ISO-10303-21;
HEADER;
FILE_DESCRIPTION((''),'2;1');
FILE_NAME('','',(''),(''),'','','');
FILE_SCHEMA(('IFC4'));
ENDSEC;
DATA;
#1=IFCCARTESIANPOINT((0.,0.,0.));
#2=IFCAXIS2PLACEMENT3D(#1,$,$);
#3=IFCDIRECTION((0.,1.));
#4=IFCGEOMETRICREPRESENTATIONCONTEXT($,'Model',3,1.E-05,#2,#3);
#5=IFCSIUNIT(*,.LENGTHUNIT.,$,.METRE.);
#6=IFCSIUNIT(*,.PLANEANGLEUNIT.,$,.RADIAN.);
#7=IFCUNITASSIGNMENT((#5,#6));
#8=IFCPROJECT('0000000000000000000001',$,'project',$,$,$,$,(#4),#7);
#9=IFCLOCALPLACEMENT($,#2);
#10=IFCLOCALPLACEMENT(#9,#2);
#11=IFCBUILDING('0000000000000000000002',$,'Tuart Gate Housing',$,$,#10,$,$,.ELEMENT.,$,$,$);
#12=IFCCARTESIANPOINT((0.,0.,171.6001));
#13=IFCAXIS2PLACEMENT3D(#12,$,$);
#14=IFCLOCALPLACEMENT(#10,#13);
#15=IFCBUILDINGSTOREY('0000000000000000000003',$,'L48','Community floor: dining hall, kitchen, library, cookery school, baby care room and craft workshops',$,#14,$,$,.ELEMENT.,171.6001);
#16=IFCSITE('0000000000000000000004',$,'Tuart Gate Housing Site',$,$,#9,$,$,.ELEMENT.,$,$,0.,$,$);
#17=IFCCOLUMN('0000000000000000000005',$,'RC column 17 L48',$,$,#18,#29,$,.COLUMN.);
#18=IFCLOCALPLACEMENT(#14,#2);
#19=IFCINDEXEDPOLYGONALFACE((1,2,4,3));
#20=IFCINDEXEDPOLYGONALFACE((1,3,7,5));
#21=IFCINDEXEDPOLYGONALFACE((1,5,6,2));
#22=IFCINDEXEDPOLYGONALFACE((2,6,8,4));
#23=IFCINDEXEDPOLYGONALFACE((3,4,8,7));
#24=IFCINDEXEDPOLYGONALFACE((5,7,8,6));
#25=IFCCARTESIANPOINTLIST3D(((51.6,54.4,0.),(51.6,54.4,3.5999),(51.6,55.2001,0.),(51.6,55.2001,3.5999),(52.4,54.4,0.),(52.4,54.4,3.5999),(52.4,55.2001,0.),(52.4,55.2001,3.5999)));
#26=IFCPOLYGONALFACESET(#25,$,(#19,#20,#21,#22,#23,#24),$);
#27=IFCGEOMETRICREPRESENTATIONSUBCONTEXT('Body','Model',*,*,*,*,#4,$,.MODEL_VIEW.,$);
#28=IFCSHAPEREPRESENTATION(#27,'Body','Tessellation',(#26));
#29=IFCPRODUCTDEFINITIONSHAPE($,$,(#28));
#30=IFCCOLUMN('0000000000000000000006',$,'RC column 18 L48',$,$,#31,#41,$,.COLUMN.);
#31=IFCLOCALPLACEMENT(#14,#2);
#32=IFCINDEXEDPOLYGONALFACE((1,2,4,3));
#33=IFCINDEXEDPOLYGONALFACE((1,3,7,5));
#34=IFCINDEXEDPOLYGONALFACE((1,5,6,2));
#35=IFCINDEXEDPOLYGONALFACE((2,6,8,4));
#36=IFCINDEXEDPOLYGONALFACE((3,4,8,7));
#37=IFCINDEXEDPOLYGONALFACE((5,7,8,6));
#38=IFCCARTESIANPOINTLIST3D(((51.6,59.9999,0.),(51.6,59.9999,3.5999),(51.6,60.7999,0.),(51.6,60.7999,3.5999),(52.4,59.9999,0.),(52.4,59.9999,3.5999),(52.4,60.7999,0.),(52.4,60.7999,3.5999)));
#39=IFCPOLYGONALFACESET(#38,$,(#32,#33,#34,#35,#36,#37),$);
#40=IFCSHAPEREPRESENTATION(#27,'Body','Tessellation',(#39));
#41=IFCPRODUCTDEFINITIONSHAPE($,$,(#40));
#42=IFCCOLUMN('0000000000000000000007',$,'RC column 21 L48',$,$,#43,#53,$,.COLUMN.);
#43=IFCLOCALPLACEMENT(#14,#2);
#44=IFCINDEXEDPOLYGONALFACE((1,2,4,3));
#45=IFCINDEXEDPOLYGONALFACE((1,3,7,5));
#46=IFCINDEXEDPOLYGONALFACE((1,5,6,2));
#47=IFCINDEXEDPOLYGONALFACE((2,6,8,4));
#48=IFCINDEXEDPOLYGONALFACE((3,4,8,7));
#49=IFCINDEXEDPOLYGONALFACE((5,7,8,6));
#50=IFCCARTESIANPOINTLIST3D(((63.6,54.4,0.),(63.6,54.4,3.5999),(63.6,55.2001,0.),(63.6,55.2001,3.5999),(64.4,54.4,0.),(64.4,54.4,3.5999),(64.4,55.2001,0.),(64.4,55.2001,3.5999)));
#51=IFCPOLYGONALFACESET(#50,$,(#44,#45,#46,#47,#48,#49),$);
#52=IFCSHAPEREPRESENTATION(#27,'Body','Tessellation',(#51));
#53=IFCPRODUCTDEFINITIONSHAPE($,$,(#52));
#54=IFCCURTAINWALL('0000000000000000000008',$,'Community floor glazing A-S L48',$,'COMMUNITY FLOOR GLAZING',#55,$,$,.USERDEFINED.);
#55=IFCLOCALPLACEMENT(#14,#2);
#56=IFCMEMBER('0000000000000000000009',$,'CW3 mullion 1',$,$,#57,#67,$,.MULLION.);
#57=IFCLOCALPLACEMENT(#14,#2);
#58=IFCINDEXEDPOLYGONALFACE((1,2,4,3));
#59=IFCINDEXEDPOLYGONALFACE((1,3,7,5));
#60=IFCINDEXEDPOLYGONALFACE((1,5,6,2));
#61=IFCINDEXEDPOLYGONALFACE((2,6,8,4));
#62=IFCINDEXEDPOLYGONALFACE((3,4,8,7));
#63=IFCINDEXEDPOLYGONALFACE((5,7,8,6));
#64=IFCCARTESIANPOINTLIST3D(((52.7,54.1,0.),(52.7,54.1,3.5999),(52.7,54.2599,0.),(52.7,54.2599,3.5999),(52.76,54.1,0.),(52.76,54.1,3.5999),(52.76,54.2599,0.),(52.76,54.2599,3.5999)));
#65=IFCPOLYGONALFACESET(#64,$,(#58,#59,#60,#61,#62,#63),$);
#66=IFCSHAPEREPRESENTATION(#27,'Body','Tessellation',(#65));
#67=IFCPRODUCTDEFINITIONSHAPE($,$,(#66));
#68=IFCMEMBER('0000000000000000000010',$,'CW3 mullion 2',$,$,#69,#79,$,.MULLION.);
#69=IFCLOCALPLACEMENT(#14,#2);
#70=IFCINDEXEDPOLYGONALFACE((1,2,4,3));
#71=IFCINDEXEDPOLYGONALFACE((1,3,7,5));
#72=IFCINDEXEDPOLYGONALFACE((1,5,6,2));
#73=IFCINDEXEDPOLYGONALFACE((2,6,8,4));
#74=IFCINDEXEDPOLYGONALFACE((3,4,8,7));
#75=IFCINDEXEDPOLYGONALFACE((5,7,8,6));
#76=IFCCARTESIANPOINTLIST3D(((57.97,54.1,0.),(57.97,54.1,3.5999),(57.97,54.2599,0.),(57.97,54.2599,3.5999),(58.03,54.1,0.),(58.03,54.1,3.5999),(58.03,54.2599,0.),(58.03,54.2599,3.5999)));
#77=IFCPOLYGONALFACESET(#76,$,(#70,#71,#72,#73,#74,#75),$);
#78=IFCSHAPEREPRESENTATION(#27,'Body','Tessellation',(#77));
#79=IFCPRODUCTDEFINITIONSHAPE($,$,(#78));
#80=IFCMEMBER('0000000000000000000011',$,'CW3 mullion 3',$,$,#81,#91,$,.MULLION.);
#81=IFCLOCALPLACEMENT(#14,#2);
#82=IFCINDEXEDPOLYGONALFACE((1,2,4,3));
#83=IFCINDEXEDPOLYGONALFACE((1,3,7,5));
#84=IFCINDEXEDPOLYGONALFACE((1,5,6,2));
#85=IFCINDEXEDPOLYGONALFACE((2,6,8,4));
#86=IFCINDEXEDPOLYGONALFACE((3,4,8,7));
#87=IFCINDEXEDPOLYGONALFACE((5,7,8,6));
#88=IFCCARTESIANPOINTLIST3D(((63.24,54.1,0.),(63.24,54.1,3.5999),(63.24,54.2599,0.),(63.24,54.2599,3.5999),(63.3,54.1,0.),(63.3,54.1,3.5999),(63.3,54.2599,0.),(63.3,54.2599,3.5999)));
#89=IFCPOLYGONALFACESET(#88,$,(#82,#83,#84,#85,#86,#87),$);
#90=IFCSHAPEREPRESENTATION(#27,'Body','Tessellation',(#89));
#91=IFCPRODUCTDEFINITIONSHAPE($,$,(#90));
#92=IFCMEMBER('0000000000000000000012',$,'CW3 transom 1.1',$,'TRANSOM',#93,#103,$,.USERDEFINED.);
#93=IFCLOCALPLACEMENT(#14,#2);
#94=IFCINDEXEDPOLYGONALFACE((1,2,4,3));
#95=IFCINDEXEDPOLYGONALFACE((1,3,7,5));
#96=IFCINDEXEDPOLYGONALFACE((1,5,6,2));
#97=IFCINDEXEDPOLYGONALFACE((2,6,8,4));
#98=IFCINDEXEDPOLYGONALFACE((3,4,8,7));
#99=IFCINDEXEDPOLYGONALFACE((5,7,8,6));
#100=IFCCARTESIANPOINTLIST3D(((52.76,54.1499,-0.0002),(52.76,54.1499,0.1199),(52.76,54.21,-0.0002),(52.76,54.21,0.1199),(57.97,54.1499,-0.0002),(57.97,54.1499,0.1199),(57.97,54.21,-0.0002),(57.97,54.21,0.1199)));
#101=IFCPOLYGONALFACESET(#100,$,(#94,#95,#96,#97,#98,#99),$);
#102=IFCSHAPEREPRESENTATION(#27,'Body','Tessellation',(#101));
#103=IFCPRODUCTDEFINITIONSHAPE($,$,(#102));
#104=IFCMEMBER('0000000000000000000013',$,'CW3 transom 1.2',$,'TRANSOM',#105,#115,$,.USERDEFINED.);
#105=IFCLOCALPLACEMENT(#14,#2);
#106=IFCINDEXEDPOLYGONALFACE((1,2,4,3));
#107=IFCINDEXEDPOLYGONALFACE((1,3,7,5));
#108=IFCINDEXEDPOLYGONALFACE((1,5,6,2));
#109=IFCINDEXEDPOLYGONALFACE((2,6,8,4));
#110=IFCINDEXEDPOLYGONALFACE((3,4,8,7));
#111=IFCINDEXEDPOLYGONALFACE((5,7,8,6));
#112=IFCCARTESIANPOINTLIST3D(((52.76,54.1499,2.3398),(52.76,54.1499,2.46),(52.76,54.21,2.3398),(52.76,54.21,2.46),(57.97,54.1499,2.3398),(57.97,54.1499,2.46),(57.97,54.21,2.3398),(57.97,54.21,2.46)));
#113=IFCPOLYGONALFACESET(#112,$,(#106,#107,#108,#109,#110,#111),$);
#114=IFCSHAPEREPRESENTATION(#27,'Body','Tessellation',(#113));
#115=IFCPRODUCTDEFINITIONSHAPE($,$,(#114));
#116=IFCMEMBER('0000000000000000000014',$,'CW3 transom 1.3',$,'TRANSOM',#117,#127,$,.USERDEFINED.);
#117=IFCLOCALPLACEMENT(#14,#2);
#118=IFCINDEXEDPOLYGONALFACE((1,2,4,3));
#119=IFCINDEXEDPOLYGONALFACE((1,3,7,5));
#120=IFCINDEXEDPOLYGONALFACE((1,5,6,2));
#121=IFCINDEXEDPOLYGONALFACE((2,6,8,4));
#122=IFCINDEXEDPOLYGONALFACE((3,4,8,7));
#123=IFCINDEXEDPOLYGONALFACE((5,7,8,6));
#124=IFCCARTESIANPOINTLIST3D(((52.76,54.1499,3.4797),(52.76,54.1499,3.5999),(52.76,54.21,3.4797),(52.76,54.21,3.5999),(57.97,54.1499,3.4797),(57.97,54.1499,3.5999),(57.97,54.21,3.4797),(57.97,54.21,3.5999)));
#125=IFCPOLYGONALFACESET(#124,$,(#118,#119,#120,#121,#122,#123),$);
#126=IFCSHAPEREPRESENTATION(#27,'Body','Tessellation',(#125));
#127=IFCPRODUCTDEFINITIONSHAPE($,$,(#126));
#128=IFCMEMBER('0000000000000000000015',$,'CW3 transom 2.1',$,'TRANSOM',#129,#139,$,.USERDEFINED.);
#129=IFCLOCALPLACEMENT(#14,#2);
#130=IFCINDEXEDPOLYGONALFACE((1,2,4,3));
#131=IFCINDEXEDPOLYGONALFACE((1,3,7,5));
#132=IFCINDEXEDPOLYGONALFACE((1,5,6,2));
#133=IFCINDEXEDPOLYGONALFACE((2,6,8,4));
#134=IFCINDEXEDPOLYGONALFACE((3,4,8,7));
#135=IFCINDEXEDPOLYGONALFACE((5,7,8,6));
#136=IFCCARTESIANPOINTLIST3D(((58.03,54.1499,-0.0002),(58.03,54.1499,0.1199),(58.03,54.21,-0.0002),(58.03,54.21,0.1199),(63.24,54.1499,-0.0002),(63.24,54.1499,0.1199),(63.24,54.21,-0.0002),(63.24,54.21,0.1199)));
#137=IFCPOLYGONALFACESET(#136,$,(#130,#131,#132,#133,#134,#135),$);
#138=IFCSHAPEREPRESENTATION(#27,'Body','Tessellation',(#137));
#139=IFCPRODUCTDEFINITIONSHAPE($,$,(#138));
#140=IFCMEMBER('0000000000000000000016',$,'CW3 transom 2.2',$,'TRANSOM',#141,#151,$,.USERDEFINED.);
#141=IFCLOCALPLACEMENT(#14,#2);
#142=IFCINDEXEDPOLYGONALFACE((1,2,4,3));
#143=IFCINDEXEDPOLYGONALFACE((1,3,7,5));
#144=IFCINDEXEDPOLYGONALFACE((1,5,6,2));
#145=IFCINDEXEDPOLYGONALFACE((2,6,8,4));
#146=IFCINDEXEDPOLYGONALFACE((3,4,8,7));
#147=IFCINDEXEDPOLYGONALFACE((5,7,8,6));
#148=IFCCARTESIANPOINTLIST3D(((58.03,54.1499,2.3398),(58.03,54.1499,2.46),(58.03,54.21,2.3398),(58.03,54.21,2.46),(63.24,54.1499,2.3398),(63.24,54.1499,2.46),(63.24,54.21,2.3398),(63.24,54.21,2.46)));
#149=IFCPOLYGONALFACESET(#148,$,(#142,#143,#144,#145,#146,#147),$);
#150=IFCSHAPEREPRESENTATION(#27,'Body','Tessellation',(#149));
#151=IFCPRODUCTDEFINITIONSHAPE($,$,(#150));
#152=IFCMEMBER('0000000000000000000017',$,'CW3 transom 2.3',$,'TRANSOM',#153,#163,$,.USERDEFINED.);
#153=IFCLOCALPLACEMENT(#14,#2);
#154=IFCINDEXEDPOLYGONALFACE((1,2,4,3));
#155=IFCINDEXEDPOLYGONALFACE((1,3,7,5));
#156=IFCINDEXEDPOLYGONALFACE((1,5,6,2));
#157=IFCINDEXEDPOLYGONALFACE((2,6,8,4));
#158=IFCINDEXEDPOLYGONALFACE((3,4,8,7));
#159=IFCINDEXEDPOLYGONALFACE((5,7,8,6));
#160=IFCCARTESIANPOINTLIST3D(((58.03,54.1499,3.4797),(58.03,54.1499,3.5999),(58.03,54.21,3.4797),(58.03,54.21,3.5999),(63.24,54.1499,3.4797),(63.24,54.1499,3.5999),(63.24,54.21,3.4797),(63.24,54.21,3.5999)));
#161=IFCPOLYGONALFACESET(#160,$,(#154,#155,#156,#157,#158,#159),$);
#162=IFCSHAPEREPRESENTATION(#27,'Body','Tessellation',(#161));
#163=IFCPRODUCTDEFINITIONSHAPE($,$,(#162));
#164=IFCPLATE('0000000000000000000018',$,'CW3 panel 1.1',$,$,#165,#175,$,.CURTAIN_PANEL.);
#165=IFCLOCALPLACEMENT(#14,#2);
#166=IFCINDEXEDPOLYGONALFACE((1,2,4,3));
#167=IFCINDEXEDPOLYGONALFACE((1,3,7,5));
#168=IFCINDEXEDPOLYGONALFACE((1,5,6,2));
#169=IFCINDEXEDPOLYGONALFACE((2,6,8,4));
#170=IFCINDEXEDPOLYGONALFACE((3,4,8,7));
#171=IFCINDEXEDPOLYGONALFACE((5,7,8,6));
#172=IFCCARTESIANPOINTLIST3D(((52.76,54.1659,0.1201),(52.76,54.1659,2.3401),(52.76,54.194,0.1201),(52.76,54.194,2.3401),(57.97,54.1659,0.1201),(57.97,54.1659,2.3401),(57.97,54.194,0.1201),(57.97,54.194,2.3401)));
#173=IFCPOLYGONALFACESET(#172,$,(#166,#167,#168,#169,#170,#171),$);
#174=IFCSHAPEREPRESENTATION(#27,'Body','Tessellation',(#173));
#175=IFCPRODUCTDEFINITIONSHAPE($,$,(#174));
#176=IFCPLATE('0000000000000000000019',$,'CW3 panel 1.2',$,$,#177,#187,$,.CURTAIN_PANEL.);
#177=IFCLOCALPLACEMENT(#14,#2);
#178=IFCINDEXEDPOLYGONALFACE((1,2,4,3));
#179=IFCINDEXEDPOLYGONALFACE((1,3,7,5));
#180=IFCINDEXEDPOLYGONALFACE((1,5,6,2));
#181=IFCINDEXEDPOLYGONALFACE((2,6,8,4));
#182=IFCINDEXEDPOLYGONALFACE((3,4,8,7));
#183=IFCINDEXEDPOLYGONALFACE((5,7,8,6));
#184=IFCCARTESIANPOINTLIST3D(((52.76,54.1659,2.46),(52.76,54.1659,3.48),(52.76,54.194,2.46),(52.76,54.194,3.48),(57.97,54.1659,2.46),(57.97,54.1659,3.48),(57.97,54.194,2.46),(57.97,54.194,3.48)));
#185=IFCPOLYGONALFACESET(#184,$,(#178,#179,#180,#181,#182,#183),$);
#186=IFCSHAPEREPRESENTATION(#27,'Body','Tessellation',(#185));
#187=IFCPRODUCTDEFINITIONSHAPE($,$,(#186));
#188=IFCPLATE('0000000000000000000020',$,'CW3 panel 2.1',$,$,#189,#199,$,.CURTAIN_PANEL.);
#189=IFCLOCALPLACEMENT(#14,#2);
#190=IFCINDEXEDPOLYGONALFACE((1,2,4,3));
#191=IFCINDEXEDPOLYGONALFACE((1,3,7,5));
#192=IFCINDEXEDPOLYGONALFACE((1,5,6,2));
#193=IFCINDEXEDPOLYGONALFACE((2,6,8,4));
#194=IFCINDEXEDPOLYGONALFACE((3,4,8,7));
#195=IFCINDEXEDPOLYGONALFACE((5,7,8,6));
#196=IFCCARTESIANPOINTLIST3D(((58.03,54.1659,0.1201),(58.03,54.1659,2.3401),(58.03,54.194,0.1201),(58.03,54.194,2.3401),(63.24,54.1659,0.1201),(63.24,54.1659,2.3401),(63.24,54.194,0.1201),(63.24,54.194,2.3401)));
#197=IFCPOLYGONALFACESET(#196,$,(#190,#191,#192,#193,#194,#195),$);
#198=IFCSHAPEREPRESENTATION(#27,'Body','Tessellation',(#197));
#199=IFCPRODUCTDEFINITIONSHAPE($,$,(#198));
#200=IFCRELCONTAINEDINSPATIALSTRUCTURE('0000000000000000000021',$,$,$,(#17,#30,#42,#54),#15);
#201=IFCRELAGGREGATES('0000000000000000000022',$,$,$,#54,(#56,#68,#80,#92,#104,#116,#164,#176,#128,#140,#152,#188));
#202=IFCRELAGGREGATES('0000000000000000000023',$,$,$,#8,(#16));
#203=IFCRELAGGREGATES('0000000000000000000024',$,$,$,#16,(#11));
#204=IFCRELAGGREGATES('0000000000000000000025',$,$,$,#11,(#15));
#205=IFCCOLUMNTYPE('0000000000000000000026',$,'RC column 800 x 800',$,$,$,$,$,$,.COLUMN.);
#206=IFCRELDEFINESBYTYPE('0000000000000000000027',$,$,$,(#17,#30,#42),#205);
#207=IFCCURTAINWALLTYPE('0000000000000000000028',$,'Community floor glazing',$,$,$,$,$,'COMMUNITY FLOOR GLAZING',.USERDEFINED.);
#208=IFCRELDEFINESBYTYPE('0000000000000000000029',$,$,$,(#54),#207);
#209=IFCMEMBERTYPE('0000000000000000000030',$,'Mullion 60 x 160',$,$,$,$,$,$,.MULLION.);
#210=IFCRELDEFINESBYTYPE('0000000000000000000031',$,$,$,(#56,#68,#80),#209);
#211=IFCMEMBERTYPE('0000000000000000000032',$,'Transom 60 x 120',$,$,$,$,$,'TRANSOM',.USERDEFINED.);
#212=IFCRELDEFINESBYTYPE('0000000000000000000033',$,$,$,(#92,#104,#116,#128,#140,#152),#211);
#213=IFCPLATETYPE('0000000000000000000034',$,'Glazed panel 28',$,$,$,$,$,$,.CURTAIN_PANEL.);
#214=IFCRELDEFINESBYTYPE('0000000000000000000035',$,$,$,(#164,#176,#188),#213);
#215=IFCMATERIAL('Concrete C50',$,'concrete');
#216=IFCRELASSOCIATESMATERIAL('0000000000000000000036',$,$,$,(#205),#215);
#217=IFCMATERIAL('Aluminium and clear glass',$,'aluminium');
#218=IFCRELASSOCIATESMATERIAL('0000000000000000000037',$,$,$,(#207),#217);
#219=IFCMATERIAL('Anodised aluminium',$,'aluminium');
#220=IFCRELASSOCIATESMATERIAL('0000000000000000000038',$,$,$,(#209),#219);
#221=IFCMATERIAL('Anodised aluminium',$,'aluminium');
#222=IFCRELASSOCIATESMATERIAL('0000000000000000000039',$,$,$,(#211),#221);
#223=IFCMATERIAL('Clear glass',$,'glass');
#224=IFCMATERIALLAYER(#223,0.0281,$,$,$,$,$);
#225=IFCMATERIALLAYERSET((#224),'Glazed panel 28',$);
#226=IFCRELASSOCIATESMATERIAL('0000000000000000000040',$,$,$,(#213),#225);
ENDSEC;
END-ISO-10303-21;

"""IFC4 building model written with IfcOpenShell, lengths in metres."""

from ifc_helpers import new_model, si_unit, direction, frame, origin, origin_2d, place, context, subcontext, project, spatial, rectangle, extrude, material, layer, layer_set, material_profile, profile_set, type_object, element, aggregate, save


model = new_model("IFC4")

# Units and contexts
model_context = context("Model", 3, precision=1e-05, world=origin(), true_north=direction((0.0, 1.0)))
body_context = subcontext(model_context, "Body", "Model", "MODEL_VIEW")
ifc_project = project(units=[si_unit("LENGTHUNIT", "METRE"), si_unit("PLANEANGLEUNIT", "RADIAN")], contexts=[model_context])

# Site, building, storey
site_placement = place(None, origin())
site = spatial("IfcSite", under=ifc_project, at=site_placement, Name="Tuart Gate Housing Site", CompositionType="ELEMENT", RefElevation=0.0)
building_placement = place(site_placement, origin())
building = spatial("IfcBuilding", under=site, at=building_placement, Name="Tuart Gate Housing", CompositionType="ELEMENT")
storey_placement = place(building_placement, frame((0.0, 0.0, 171.6001)))
storey = spatial("IfcBuildingStorey", under=building, at=storey_placement, Name="L48", Description="Community floor: dining hall, kitchen, library, cookery school, baby care room and craft workshops", CompositionType="ELEMENT", Elevation=171.6001)

# Columns
ifc_material_1 = material(Name="Concrete C50", Category="concrete")
ifc_material_profile_1 = material_profile(ifc_material_1, rectangle(XDim=0.8, YDim=0.8, at=origin_2d()), Name="RC column 800 x 800")
ifc_profile_set_1 = profile_set([ifc_material_profile_1], Name="Concrete C50")
column_type = type_object("IfcColumnType", Name="RC column 800 x 800", PredefinedType="COLUMN", material=ifc_profile_set_1)
for number, where, z_axis, x_axis, name in (
    (1, (52.0, 54.8, 0.0), (0.0, 0.0, 1.0), (1.0, 0.0, 0.0), "RC column 17 L48"),
    (2, (52.0, 60.3999, 0.0), (0.0, 0.0, 1.0), (1.0, 0.0, 0.0), "RC column 18 L48"),
    (3, (64.0, 54.8, 0.0), (0.0, 0.0, 1.0), (1.0, 0.0, 0.0), "RC column 21 L48"),
):
    element("IfcColumn", number, at=place(storey_placement, frame(where, z_axis=z_axis, x_axis=x_axis)), inside=storey, type_object=column_type, Name=name, PredefinedType="COLUMN", context=body_context, shape_type="SweptSolid", body=[
        extrude(rectangle(XDim=0.8, YDim=0.8, at=origin_2d()), origin(), (0.0, 0.0, 1.0), 3.5999),
    ])

# Curtain wall, members, plates
ifc_material_2 = material(Name="Aluminium and clear glass", Category="aluminium")
curtain_wall_type = type_object("IfcCurtainWallType", Name="Community floor glazing", ElementType="COMMUNITY FLOOR GLAZING", PredefinedType="USERDEFINED", material=ifc_material_2)
curtain_wall_placement = place(storey_placement, origin())
curtain_wall = element("IfcCurtainWall", 4, at=curtain_wall_placement, inside=storey, type_object=curtain_wall_type, Name="Community floor glazing A-S L48", ObjectType="COMMUNITY FLOOR GLAZING", PredefinedType="USERDEFINED")
ifc_material_3 = material(Name="Anodised aluminium", Category="aluminium")
ifc_material_profile_2 = material_profile(ifc_material_3, rectangle(XDim=0.0601, YDim=0.1599, at=origin_2d()), Name="60x160")
ifc_profile_set_2 = profile_set([ifc_material_profile_2], Name="Anodised aluminium")
member_type_1 = type_object("IfcMemberType", Name="Mullion 60 x 160", PredefinedType="MULLION", material=ifc_profile_set_2)
member_1_placement = place(storey_placement, frame((52.73, 54.1799, 0.0), z_axis=(0.0, 0.0, 1.0), x_axis=(1.0, 0.0, 0.0)))
member_1 = element("IfcMember", 5, at=member_1_placement, type_object=member_type_1, Name="CW3 mullion 1", PredefinedType="MULLION", context=body_context, shape_type="SweptSolid", body=[
    extrude(rectangle(XDim=0.0601, YDim=0.1599, at=origin_2d()), origin(), (0.0, 0.0, 1.0), 3.5999),
])
member_2_placement = place(storey_placement, frame((58.0, 54.1799, 0.0), z_axis=(0.0, 0.0, 1.0), x_axis=(1.0, 0.0, 0.0)))
member_2 = element("IfcMember", 6, at=member_2_placement, type_object=member_type_1, Name="CW3 mullion 2", PredefinedType="MULLION", context=body_context, shape_type="SweptSolid", body=[
    extrude(rectangle(XDim=0.0601, YDim=0.1599, at=origin_2d()), origin(), (0.0, 0.0, 1.0), 3.5999),
])
member_3_placement = place(storey_placement, frame((63.27, 54.1799, 0.0), z_axis=(0.0, 0.0, 1.0), x_axis=(1.0, 0.0, 0.0)))
member_3 = element("IfcMember", 7, at=member_3_placement, type_object=member_type_1, Name="CW3 mullion 3", PredefinedType="MULLION", context=body_context, shape_type="SweptSolid", body=[
    extrude(rectangle(XDim=0.0601, YDim=0.1599, at=origin_2d()), origin(), (0.0, 0.0, 1.0), 3.5999),
])
ifc_material_4 = material(Name="Anodised aluminium", Category="aluminium")
ifc_material_profile_3 = material_profile(ifc_material_4, rectangle(XDim=0.0601, YDim=0.1201, at=origin_2d()), Name="60x120")
ifc_profile_set_3 = profile_set([ifc_material_profile_3], Name="Anodised aluminium")
member_type_2 = type_object("IfcMemberType", Name="Transom 60 x 120", ElementType="TRANSOM", PredefinedType="USERDEFINED", material=ifc_profile_set_3)
member_4_placement = place(storey_placement, frame((52.76, 54.1799, 0.0598), z_axis=(1.0, 0.0, 0.0), x_axis=(0.0, 1.0, 0.0)))
member_4 = element("IfcMember", 8, at=member_4_placement, type_object=member_type_2, Name="CW3 transom 1.1", ObjectType="TRANSOM", PredefinedType="USERDEFINED", context=body_context, shape_type="SweptSolid", body=[
    extrude(rectangle(XDim=0.0601, YDim=0.1201, at=origin_2d()), origin(), (0.0, 0.0, 1.0), 5.21),
])
member_5_placement = place(storey_placement, frame((52.76, 54.1799, 2.3999), z_axis=(1.0, 0.0, 0.0), x_axis=(0.0, 1.0, 0.0)))
member_5 = element("IfcMember", 9, at=member_5_placement, type_object=member_type_2, Name="CW3 transom 1.2", ObjectType="TRANSOM", PredefinedType="USERDEFINED", context=body_context, shape_type="SweptSolid", body=[
    extrude(rectangle(XDim=0.0601, YDim=0.1201, at=origin_2d()), origin(), (0.0, 0.0, 1.0), 5.21),
])
member_6_placement = place(storey_placement, frame((52.76, 54.1799, 3.5398), z_axis=(1.0, 0.0, 0.0), x_axis=(0.0, 1.0, 0.0)))
member_6 = element("IfcMember", 10, at=member_6_placement, type_object=member_type_2, Name="CW3 transom 1.3", ObjectType="TRANSOM", PredefinedType="USERDEFINED", context=body_context, shape_type="SweptSolid", body=[
    extrude(rectangle(XDim=0.0601, YDim=0.1201, at=origin_2d()), origin(), (0.0, 0.0, 1.0), 5.21),
])
member_7_placement = place(storey_placement, frame((58.03, 54.1799, 0.0598), z_axis=(1.0, 0.0, 0.0), x_axis=(0.0, 1.0, 0.0)))
member_7 = element("IfcMember", 11, at=member_7_placement, type_object=member_type_2, Name="CW3 transom 2.1", ObjectType="TRANSOM", PredefinedType="USERDEFINED", context=body_context, shape_type="SweptSolid", body=[
    extrude(rectangle(XDim=0.0601, YDim=0.1201, at=origin_2d()), origin(), (0.0, 0.0, 1.0), 5.21),
])
member_8_placement = place(storey_placement, frame((58.03, 54.1799, 2.3999), z_axis=(1.0, 0.0, 0.0), x_axis=(0.0, 1.0, 0.0)))
member_8 = element("IfcMember", 12, at=member_8_placement, type_object=member_type_2, Name="CW3 transom 2.2", ObjectType="TRANSOM", PredefinedType="USERDEFINED", context=body_context, shape_type="SweptSolid", body=[
    extrude(rectangle(XDim=0.0601, YDim=0.1201, at=origin_2d()), origin(), (0.0, 0.0, 1.0), 5.21),
])
member_9_placement = place(storey_placement, frame((58.03, 54.1799, 3.5398), z_axis=(1.0, 0.0, 0.0), x_axis=(0.0, 1.0, 0.0)))
member_9 = element("IfcMember", 13, at=member_9_placement, type_object=member_type_2, Name="CW3 transom 2.3", ObjectType="TRANSOM", PredefinedType="USERDEFINED", context=body_context, shape_type="SweptSolid", body=[
    extrude(rectangle(XDim=0.0601, YDim=0.1201, at=origin_2d()), origin(), (0.0, 0.0, 1.0), 5.21),
])
ifc_material_5 = material(Name="Clear glass", Category="glass")
ifc_layer_1 = layer(ifc_material_5, 0.0281)
ifc_layer_set_1 = layer_set([ifc_layer_1], Name="Glazed panel 28")
plate_type = type_object("IfcPlateType", Name="Glazed panel 28", PredefinedType="CURTAIN_PANEL", material=ifc_layer_set_1)
plate_1_placement = place(storey_placement, frame((55.365, 54.1799, 0.1201), z_axis=(0.0, 0.0, 1.0), x_axis=(1.0, 0.0, 0.0)))
plate_1 = element("IfcPlate", 14, at=plate_1_placement, type_object=plate_type, Name="CW3 panel 1.1", PredefinedType="CURTAIN_PANEL", context=body_context, shape_type="SweptSolid", body=[
    extrude(rectangle(XDim=5.21, YDim=0.0281, at=origin_2d()), origin(), (0.0, 0.0, 1.0), 2.22),
])
plate_2_placement = place(storey_placement, frame((55.365, 54.1799, 2.46), z_axis=(0.0, 0.0, 1.0), x_axis=(1.0, 0.0, 0.0)))
plate_2 = element("IfcPlate", 15, at=plate_2_placement, type_object=plate_type, Name="CW3 panel 1.2", PredefinedType="CURTAIN_PANEL", context=body_context, shape_type="SweptSolid", body=[
    extrude(rectangle(XDim=5.21, YDim=0.0281, at=origin_2d()), origin(), (0.0, 0.0, 1.0), 1.02),
])
plate_3_placement = place(storey_placement, frame((60.635, 54.1799, 0.1201), z_axis=(0.0, 0.0, 1.0), x_axis=(1.0, 0.0, 0.0)))
plate_3 = element("IfcPlate", 16, at=plate_3_placement, type_object=plate_type, Name="CW3 panel 2.1", PredefinedType="CURTAIN_PANEL", context=body_context, shape_type="SweptSolid", body=[
    extrude(rectangle(XDim=5.21, YDim=0.0281, at=origin_2d()), origin(), (0.0, 0.0, 1.0), 2.22),
])
aggregate(curtain_wall, [member_1, member_2, member_3, member_4, member_5, member_6, plate_1, plate_2, member_7, member_8, member_9, plate_3])

save(model, "model.ifc")
